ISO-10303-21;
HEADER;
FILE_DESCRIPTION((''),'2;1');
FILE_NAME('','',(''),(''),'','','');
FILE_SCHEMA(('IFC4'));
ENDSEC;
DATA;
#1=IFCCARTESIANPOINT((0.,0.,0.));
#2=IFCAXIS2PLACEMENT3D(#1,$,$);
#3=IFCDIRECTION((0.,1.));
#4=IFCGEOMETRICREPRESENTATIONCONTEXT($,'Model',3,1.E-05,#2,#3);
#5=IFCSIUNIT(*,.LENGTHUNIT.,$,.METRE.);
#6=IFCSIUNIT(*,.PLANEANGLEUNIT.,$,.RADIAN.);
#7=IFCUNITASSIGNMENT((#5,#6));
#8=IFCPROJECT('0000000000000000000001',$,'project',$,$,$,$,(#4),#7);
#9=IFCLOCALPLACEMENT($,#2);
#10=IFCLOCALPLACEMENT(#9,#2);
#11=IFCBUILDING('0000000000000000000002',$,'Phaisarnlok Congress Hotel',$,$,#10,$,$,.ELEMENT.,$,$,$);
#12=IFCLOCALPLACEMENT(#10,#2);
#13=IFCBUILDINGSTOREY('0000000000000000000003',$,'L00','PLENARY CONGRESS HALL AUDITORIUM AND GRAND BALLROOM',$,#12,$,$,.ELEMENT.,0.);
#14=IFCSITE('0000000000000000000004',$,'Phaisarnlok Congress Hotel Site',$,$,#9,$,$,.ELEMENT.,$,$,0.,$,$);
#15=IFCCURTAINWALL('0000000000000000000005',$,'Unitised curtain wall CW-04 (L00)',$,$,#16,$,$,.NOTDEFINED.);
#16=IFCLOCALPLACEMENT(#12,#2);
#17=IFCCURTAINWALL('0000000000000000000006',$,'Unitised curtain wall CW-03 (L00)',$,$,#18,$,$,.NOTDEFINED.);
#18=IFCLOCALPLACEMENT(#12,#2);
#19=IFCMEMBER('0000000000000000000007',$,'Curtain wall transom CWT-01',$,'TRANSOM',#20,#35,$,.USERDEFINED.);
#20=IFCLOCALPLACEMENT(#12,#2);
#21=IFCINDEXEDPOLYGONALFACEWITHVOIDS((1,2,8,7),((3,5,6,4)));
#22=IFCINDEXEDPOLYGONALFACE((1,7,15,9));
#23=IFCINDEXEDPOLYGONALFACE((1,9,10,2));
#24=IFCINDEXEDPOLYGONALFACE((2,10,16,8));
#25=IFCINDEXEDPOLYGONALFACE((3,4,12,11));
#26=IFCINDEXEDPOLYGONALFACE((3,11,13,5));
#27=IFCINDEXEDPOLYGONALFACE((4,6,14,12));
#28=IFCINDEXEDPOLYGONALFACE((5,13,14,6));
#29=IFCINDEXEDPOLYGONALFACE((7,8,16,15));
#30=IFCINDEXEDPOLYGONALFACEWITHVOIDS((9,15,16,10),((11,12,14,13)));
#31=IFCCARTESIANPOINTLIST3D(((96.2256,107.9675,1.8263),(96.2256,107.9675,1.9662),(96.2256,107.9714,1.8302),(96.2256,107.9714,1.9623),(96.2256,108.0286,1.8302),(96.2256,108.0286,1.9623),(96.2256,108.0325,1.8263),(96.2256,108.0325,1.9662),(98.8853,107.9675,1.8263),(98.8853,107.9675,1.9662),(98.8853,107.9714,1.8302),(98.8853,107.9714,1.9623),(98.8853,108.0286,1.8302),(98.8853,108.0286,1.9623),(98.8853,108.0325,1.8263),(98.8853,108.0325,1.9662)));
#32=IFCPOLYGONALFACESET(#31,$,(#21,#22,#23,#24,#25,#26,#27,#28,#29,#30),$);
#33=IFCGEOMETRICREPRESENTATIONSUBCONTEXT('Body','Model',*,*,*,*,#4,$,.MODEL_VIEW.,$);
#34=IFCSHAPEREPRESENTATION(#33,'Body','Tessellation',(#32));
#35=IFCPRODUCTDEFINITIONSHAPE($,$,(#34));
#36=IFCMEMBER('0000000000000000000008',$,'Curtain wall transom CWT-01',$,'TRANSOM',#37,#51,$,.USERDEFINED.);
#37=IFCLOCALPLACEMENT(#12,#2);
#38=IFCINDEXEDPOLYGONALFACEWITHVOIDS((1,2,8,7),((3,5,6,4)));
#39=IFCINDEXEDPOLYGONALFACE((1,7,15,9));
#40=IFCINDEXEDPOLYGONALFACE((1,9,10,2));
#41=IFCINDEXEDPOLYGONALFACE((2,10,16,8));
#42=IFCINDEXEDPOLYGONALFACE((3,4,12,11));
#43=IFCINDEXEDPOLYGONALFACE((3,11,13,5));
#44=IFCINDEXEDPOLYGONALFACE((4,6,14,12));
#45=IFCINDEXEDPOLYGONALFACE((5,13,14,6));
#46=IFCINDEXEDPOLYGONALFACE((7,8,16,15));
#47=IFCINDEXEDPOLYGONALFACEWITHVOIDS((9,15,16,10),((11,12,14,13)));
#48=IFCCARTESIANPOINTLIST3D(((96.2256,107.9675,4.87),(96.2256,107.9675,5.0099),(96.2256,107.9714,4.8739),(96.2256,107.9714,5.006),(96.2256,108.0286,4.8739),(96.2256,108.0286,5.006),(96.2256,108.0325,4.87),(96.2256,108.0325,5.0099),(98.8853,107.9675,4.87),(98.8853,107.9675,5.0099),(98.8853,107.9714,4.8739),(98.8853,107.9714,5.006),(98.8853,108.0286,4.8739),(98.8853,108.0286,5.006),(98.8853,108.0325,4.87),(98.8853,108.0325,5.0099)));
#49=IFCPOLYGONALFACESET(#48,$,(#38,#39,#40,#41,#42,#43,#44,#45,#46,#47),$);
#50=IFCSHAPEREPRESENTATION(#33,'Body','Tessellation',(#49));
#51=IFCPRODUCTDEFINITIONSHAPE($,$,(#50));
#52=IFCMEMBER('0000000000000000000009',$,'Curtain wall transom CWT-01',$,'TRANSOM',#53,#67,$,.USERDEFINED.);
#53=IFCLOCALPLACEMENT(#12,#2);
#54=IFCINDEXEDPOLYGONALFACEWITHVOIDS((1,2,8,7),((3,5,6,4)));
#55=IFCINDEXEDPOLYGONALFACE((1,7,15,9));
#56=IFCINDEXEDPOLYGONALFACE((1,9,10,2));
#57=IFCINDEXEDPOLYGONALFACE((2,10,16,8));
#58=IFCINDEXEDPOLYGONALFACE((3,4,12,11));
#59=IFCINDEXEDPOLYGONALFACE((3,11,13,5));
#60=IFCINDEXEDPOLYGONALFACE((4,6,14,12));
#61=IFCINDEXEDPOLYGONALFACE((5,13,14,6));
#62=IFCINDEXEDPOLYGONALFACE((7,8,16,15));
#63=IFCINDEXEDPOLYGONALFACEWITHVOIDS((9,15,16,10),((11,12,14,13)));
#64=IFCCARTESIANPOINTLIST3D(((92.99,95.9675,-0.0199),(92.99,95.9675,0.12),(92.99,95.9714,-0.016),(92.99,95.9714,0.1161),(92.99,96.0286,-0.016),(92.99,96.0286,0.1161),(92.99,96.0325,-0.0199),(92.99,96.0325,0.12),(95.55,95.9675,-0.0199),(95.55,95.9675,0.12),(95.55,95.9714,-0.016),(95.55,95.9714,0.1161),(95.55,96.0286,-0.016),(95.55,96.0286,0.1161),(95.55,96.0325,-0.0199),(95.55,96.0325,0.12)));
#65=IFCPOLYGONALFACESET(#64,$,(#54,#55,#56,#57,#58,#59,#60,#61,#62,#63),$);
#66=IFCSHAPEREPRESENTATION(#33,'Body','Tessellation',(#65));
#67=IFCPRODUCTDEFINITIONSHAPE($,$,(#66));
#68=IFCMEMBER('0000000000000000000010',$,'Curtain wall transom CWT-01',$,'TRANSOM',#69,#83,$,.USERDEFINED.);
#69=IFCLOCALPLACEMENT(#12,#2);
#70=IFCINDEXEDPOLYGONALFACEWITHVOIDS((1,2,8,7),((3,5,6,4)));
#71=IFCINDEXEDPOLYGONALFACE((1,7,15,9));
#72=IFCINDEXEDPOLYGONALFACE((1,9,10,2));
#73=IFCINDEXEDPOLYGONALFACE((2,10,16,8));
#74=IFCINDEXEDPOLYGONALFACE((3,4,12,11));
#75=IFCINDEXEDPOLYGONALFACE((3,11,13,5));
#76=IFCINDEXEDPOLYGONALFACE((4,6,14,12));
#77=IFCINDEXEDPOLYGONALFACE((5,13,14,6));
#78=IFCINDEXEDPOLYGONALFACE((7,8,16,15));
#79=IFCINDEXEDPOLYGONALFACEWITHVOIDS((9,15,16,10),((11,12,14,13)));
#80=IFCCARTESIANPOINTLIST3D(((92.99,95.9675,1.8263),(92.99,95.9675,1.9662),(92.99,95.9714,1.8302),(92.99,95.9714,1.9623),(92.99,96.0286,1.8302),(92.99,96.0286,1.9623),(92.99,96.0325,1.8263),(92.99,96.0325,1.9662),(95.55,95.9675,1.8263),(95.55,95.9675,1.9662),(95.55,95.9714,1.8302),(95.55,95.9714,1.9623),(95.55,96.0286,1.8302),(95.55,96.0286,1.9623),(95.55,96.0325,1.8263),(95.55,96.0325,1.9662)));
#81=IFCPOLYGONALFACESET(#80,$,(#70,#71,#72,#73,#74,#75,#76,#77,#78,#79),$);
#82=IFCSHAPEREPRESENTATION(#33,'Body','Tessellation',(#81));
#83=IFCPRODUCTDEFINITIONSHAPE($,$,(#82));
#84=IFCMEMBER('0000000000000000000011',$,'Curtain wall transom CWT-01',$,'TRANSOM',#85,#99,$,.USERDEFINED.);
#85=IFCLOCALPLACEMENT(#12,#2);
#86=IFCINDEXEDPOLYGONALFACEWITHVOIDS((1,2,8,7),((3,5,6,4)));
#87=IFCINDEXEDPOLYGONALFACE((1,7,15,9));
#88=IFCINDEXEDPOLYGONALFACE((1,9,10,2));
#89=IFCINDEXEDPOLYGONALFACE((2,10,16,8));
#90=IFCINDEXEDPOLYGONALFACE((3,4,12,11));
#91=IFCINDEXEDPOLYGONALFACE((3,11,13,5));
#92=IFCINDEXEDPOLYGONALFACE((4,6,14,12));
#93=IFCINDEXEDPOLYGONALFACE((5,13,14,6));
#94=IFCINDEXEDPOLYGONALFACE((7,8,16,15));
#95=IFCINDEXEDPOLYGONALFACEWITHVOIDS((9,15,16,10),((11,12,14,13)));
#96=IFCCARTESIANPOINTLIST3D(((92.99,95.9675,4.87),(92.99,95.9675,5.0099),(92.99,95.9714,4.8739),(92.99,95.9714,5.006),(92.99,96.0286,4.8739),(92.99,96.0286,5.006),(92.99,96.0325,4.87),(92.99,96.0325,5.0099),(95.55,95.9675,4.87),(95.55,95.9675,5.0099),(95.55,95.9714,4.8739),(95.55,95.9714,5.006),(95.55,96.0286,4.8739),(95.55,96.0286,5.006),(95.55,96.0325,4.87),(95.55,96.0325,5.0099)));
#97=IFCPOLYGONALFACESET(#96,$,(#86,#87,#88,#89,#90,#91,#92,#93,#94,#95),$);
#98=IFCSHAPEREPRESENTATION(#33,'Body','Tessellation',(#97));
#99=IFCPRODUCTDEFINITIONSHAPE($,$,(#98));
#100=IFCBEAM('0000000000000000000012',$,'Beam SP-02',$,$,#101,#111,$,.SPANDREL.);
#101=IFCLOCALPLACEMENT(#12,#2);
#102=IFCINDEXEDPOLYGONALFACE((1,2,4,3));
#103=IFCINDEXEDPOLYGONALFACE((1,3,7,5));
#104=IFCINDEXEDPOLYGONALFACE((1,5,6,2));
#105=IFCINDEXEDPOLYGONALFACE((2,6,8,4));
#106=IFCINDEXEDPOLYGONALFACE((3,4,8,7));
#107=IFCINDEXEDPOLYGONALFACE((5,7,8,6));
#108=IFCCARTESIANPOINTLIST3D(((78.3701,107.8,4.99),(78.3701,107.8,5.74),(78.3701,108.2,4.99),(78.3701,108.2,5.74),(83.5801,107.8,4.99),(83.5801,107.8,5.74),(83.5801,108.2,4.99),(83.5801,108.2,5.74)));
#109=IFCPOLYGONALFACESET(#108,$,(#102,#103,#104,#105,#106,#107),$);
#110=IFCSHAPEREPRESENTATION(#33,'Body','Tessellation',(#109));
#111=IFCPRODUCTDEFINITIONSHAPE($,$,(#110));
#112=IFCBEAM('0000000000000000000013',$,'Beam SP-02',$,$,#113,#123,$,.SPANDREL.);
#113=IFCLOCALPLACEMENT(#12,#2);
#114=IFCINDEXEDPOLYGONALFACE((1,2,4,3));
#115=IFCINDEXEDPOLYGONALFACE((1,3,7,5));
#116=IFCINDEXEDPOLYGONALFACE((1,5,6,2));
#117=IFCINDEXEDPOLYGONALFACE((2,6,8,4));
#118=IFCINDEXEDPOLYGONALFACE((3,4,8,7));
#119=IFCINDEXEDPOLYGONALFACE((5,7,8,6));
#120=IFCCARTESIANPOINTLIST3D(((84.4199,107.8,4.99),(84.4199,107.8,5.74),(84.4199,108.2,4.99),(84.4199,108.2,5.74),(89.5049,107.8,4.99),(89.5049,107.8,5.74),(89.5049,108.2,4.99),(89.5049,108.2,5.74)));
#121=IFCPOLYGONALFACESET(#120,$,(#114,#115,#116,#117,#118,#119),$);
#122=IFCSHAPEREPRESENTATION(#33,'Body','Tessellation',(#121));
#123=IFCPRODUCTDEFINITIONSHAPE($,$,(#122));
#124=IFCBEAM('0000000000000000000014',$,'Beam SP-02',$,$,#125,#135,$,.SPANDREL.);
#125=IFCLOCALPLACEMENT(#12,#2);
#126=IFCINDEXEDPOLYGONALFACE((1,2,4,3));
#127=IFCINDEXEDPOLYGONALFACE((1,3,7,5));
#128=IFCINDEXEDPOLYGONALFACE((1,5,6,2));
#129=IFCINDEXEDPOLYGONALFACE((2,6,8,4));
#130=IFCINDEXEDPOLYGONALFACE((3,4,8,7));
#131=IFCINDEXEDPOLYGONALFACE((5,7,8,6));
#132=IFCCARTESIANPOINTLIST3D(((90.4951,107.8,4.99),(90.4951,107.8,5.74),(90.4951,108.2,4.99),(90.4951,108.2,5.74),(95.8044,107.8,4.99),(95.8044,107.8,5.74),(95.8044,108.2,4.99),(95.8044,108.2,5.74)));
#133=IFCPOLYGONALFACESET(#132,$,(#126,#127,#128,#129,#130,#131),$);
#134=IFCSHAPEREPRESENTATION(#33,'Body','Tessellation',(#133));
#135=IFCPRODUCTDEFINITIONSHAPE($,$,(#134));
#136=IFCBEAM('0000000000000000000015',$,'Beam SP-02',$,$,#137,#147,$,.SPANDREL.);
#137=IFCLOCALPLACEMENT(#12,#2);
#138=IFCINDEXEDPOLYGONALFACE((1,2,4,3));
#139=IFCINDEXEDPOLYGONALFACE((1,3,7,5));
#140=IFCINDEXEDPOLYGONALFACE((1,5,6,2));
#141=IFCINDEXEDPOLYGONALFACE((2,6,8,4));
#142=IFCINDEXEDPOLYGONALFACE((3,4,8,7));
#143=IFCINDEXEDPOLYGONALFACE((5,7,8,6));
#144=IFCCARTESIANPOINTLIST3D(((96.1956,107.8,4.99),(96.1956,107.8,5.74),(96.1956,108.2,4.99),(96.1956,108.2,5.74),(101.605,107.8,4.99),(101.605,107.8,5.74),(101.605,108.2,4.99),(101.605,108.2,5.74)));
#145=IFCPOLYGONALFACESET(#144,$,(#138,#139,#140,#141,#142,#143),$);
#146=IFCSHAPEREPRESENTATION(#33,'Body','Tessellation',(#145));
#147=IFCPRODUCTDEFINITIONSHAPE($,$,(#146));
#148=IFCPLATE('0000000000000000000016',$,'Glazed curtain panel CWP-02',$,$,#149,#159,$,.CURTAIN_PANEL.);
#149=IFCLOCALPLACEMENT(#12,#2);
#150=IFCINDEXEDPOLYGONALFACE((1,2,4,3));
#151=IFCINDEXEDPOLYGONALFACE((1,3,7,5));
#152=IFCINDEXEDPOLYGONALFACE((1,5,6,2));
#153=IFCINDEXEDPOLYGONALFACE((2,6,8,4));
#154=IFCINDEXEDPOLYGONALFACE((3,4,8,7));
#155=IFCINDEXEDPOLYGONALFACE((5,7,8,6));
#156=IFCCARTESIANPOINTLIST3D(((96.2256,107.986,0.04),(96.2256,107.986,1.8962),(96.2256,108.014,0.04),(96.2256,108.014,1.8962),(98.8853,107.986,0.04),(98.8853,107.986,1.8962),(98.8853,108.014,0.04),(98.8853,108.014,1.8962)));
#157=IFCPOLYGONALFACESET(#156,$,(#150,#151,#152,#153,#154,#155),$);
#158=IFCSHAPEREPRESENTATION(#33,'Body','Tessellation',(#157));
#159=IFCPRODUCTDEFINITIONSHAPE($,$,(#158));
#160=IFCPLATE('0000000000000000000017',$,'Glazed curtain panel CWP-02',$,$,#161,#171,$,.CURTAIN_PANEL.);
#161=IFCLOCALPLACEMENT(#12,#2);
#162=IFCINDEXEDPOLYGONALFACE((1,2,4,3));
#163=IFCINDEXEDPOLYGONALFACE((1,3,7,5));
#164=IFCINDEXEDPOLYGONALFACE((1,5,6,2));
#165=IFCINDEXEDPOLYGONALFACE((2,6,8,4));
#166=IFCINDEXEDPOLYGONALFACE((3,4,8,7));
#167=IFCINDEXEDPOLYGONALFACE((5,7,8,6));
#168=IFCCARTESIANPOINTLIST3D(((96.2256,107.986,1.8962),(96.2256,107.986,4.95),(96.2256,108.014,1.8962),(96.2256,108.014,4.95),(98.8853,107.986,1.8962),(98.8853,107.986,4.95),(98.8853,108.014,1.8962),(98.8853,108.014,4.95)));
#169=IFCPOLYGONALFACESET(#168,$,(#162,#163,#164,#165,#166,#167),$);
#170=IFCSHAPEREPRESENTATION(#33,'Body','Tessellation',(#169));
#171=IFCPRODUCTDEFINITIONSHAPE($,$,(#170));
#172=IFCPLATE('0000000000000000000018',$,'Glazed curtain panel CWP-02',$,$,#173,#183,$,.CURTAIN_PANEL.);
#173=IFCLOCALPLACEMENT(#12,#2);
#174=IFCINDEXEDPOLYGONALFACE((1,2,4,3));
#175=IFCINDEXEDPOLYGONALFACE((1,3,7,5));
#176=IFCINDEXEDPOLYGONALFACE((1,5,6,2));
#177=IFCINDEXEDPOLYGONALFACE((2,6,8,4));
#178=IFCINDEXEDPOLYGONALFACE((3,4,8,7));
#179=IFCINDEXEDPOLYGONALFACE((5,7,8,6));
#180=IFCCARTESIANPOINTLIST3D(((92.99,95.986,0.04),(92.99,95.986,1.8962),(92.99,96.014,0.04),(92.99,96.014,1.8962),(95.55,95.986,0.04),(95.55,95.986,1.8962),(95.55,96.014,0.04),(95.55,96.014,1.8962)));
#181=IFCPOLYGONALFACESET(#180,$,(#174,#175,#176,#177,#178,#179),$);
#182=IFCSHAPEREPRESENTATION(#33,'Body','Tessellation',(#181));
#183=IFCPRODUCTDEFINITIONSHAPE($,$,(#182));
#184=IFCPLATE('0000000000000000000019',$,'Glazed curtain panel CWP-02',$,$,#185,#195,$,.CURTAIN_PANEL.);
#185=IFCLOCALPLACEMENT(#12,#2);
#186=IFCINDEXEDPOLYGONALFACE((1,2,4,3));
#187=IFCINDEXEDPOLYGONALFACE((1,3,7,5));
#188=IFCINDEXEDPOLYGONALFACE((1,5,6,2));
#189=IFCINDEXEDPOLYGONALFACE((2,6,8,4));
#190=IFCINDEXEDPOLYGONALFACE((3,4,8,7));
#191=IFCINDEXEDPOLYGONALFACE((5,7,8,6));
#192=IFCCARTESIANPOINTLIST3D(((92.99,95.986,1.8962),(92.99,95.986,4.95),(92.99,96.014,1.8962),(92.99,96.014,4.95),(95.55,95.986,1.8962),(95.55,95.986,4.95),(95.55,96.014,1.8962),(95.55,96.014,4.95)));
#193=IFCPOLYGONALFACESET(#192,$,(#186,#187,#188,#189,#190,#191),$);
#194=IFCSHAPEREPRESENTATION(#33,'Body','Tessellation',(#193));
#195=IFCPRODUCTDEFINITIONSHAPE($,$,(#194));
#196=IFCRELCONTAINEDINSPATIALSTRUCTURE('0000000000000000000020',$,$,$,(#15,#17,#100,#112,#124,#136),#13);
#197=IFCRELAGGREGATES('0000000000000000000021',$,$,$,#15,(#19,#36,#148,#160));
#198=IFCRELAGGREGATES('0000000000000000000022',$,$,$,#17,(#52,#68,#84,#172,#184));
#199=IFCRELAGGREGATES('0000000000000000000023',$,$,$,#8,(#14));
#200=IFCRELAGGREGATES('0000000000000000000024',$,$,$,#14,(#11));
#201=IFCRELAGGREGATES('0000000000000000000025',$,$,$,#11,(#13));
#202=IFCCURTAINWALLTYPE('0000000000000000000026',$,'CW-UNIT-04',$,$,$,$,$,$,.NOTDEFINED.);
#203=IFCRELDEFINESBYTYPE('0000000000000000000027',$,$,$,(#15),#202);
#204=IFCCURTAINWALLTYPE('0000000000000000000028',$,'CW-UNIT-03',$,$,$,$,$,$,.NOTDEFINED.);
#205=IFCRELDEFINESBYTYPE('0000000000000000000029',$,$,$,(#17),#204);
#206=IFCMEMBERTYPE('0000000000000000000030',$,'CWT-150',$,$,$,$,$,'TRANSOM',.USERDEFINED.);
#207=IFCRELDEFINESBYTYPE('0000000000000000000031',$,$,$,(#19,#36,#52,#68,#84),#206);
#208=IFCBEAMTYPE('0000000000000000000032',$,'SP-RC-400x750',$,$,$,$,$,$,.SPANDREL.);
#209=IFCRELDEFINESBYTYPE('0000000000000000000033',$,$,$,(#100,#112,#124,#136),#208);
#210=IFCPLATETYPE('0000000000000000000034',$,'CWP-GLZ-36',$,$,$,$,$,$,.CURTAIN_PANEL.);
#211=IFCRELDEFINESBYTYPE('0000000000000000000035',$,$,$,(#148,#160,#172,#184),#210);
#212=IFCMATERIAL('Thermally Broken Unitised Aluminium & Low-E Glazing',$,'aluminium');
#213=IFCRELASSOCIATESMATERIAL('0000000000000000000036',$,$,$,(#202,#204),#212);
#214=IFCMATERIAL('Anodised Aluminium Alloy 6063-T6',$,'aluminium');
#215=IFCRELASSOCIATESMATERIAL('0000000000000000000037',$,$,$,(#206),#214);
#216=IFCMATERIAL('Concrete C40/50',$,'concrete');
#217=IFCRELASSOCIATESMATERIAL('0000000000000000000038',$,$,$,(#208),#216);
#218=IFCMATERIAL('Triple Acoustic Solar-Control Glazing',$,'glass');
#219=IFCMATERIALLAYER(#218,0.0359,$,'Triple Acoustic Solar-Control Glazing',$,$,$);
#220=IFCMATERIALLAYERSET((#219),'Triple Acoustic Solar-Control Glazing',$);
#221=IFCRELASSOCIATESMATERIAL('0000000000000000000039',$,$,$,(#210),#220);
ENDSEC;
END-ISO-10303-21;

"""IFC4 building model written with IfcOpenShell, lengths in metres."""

from ifc_helpers import new_model, si_unit, direction, frame, frame_2d, origin, origin_2d, place, context, subcontext, project, spatial, rectangle, hollow_rectangle, extrude, material, layer, layer_set, material_profile, profile_set, type_object, element, aggregate, save


model = new_model("IFC4")

# Units and contexts
model_context = context("Model", 3, precision=1e-05, world=origin(), true_north=direction((0.0, 1.0)))
body_context = subcontext(model_context, "Body", "Model", "MODEL_VIEW")
ifc_project = project(units=[si_unit("LENGTHUNIT", "METRE"), si_unit("PLANEANGLEUNIT", "RADIAN")], contexts=[model_context])

# Site, building, storey
site_placement = place(None, origin())
site = spatial("IfcSite", under=ifc_project, at=site_placement, Name="Phaisarnlok Congress Hotel Site", CompositionType="ELEMENT", RefElevation=0.0)
building_placement = place(site_placement, origin())
building = spatial("IfcBuilding", under=site, at=building_placement, Name="Phaisarnlok Congress Hotel", CompositionType="ELEMENT")
storey_placement = place(building_placement, origin())
storey = spatial("IfcBuildingStorey", under=building, at=storey_placement, Name="L00", Description="PLENARY CONGRESS HALL AUDITORIUM AND GRAND BALLROOM", CompositionType="ELEMENT", Elevation=0.0)

# Shared definitions
ifc_material_1 = material(Name="Concrete C40/50", Category="concrete")

# Curtain wall
ifc_material_2 = material(Name="Thermally Broken Unitised Aluminium & Low-E Glazing", Category="aluminium")
curtain_wall_type_1 = type_object("IfcCurtainWallType", Name="CW-UNIT-04", PredefinedType="NOTDEFINED", material=ifc_material_2)
curtain_wall_1_placement = place(storey_placement, origin())
curtain_wall_1 = element("IfcCurtainWall", 1, at=curtain_wall_1_placement, inside=storey, type_object=curtain_wall_type_1, Name="Unitised curtain wall CW-04 (L00)", PredefinedType="NOTDEFINED")
ifc_material_3 = material(Name="Anodised Aluminium Alloy 6063-T6", Category="aluminium")

# Curtain wall
curtain_wall_type_2 = type_object("IfcCurtainWallType", Name="CW-UNIT-03", PredefinedType="NOTDEFINED", material=ifc_material_2)
curtain_wall_2_placement = place(storey_placement, origin())
curtain_wall_2 = element("IfcCurtainWall", 2, at=curtain_wall_2_placement, inside=storey, type_object=curtain_wall_type_2, Name="Unitised curtain wall CW-03 (L00)", PredefinedType="NOTDEFINED")

# Members
ifc_material_profile_1 = material_profile(ifc_material_3, hollow_rectangle(XDim=0.0649, YDim=0.1399, WallThickness=0.0039, at=origin_2d()), Name="ALU-T 65x140x4")
ifc_profile_set_1 = profile_set([ifc_material_profile_1], Name="Anodised Aluminium Alloy 6063-T6")
member_type_1 = type_object("IfcMemberType", Name="CWT-150", ElementType="TRANSOM", PredefinedType="USERDEFINED", material=ifc_profile_set_1)
member_1_placement = place(storey_placement, frame((96.2256, 108.0, 1.8962), z_axis=(1.0, 0.0, 0.0), x_axis=(0.0, 1.0, 0.0)))
member_1 = element("IfcMember", 3, at=member_1_placement, type_object=member_type_1, Name="Curtain wall transom CWT-01", ObjectType="TRANSOM", PredefinedType="USERDEFINED", context=body_context, shape_type="SweptSolid", body=[
    extrude(hollow_rectangle(XDim=0.0649, YDim=0.1399, WallThickness=0.0039, at=origin_2d()), origin(), (0.0, 0.0, 1.0), 2.6597),
])
member_2_placement = place(storey_placement, frame((96.2256, 108.0, 4.9399), z_axis=(1.0, 0.0, 0.0), x_axis=(0.0, 1.0, 0.0)))
member_2 = element("IfcMember", 4, at=member_2_placement, type_object=member_type_1, Name="Curtain wall transom CWT-01", ObjectType="TRANSOM", PredefinedType="USERDEFINED", context=body_context, shape_type="SweptSolid", body=[
    extrude(hollow_rectangle(XDim=0.0649, YDim=0.1399, WallThickness=0.0039, at=origin_2d()), origin(), (0.0, 0.0, 1.0), 2.6597),
])
member_3_placement = place(storey_placement, frame((95.55, 96.0, 0.05), z_axis=(-1.0, 0.0, 0.0), x_axis=(0.0, -1.0, 0.0)))
member_3 = element("IfcMember", 5, at=member_3_placement, type_object=member_type_1, Name="Curtain wall transom CWT-01", ObjectType="TRANSOM", PredefinedType="USERDEFINED", context=body_context, shape_type="SweptSolid", body=[
    extrude(hollow_rectangle(XDim=0.0649, YDim=0.1399, WallThickness=0.0039, at=origin_2d()), origin(), (0.0, 0.0, 1.0), 2.5601),
])
member_4_placement = place(storey_placement, frame((95.55, 96.0, 1.8962), z_axis=(-1.0, 0.0, 0.0), x_axis=(0.0, -1.0, 0.0)))
member_4 = element("IfcMember", 6, at=member_4_placement, type_object=member_type_1, Name="Curtain wall transom CWT-01", ObjectType="TRANSOM", PredefinedType="USERDEFINED", context=body_context, shape_type="SweptSolid", body=[
    extrude(hollow_rectangle(XDim=0.0649, YDim=0.1399, WallThickness=0.0039, at=origin_2d()), origin(), (0.0, 0.0, 1.0), 2.5601),
])
member_5_placement = place(storey_placement, frame((95.55, 96.0, 4.9399), z_axis=(-1.0, 0.0, 0.0), x_axis=(0.0, -1.0, 0.0)))
member_5 = element("IfcMember", 7, at=member_5_placement, type_object=member_type_1, Name="Curtain wall transom CWT-01", ObjectType="TRANSOM", PredefinedType="USERDEFINED", context=body_context, shape_type="SweptSolid", body=[
    extrude(hollow_rectangle(XDim=0.0649, YDim=0.1399, WallThickness=0.0039, at=origin_2d()), origin(), (0.0, 0.0, 1.0), 2.5601),
])

# Beams
ifc_material_profile_2 = material_profile(ifc_material_1, rectangle(XDim=0.3999, YDim=0.75, at=origin_2d()), Name="RC 400x750")
ifc_profile_set_2 = profile_set([ifc_material_profile_2], Name="Concrete C40/50")
beam_type_1 = type_object("IfcBeamType", Name="SP-RC-400x750", PredefinedType="SPANDREL", material=ifc_profile_set_2)
beam_1_placement = place(storey_placement, frame((78.3701, 108.0, 5.365), z_axis=(1.0, 0.0, 0.0), x_axis=(0.0, 1.0, 0.0)))
element("IfcBeam", 8, at=beam_1_placement, inside=storey, type_object=beam_type_1, Name="Beam SP-02", PredefinedType="SPANDREL", context=body_context, shape_type="SweptSolid", body=[
    extrude(rectangle(XDim=0.3999, YDim=0.75, at=origin_2d()), origin(), (0.0, 0.0, 1.0), 5.21),
])
beam_2_placement = place(storey_placement, frame((84.4199, 108.0, 5.365), z_axis=(1.0, 0.0, 0.0), x_axis=(0.0, 1.0, 0.0)))
element("IfcBeam", 9, at=beam_2_placement, inside=storey, type_object=beam_type_1, Name="Beam SP-02", PredefinedType="SPANDREL", context=body_context, shape_type="SweptSolid", body=[
    extrude(rectangle(XDim=0.3999, YDim=0.75, at=origin_2d()), origin(), (0.0, 0.0, 1.0), 5.085),
])
beam_3_placement = place(storey_placement, frame((90.4951, 108.0, 5.365), z_axis=(1.0, 0.0, 0.0), x_axis=(0.0, 1.0, 0.0)))
element("IfcBeam", 10, at=beam_3_placement, inside=storey, type_object=beam_type_1, Name="Beam SP-02", PredefinedType="SPANDREL", context=body_context, shape_type="SweptSolid", body=[
    extrude(rectangle(XDim=0.3999, YDim=0.75, at=origin_2d()), origin(), (0.0, 0.0, 1.0), 5.3093),
])
beam_4_placement = place(storey_placement, frame((96.1956, 108.0, 5.365), z_axis=(1.0, 0.0, 0.0), x_axis=(0.0, 1.0, 0.0)))
element("IfcBeam", 11, at=beam_4_placement, inside=storey, type_object=beam_type_1, Name="Beam SP-02", PredefinedType="SPANDREL", context=body_context, shape_type="SweptSolid", body=[
    extrude(rectangle(XDim=0.3999, YDim=0.75, at=origin_2d()), origin(), (0.0, 0.0, 1.0), 5.4094),
])

# Plates
ifc_material_4 = material(Name="Triple Acoustic Solar-Control Glazing", Category="glass")
ifc_layer_1 = layer(ifc_material_4, 0.0359, Name="Triple Acoustic Solar-Control Glazing")
ifc_layer_set_1 = layer_set([ifc_layer_1], Name="Triple Acoustic Solar-Control Glazing")
plate_type = type_object("IfcPlateType", Name="CWP-GLZ-36", PredefinedType="CURTAIN_PANEL", material=ifc_layer_set_1)
plate_1_placement = place(storey_placement, frame((96.2256, 108.0, 0.04), z_axis=(0.0, 0.0, 1.0), x_axis=(1.0, 0.0, 0.0)))
plate_1 = element("IfcPlate", 12, at=plate_1_placement, type_object=plate_type, Name="Glazed curtain panel CWP-02", PredefinedType="CURTAIN_PANEL", context=body_context, shape_type="SweptSolid", body=[
    extrude(rectangle(XDim=2.6597, YDim=0.0281, at=frame_2d((1.3298, 0.0))), origin(), (0.0, 0.0, 1.0), 1.8562),
])
plate_2_placement = place(storey_placement, frame((96.2256, 108.0, 1.8962), z_axis=(0.0, 0.0, 1.0), x_axis=(1.0, 0.0, 0.0)))
plate_2 = element("IfcPlate", 13, at=plate_2_placement, type_object=plate_type, Name="Glazed curtain panel CWP-02", PredefinedType="CURTAIN_PANEL", context=body_context, shape_type="SweptSolid", body=[
    extrude(rectangle(XDim=2.6597, YDim=0.0281, at=frame_2d((1.3298, 0.0))), origin(), (0.0, 0.0, 1.0), 3.0537),
])
aggregate(curtain_wall_1, [member_1, member_2, plate_1, plate_2])
plate_3_placement = place(storey_placement, frame((95.55, 96.0, 0.04), z_axis=(0.0, 0.0, 1.0), x_axis=(-1.0, 0.0, 0.0)))
plate_3 = element("IfcPlate", 14, at=plate_3_placement, type_object=plate_type, Name="Glazed curtain panel CWP-02", PredefinedType="CURTAIN_PANEL", context=body_context, shape_type="SweptSolid", body=[
    extrude(rectangle(XDim=2.5601, YDim=0.0281, at=frame_2d((1.28, 0.0))), origin(), (0.0, 0.0, 1.0), 1.8562),
])
plate_4_placement = place(storey_placement, frame((95.55, 96.0, 1.8962), z_axis=(0.0, 0.0, 1.0), x_axis=(-1.0, 0.0, 0.0)))
plate_4 = element("IfcPlate", 15, at=plate_4_placement, type_object=plate_type, Name="Glazed curtain panel CWP-02", PredefinedType="CURTAIN_PANEL", context=body_context, shape_type="SweptSolid", body=[
    extrude(rectangle(XDim=2.5601, YDim=0.0281, at=frame_2d((1.28, 0.0))), origin(), (0.0, 0.0, 1.0), 3.0537),
])
aggregate(curtain_wall_2, [member_3, member_4, member_5, plate_3, plate_4])

save(model, "model.ifc")
